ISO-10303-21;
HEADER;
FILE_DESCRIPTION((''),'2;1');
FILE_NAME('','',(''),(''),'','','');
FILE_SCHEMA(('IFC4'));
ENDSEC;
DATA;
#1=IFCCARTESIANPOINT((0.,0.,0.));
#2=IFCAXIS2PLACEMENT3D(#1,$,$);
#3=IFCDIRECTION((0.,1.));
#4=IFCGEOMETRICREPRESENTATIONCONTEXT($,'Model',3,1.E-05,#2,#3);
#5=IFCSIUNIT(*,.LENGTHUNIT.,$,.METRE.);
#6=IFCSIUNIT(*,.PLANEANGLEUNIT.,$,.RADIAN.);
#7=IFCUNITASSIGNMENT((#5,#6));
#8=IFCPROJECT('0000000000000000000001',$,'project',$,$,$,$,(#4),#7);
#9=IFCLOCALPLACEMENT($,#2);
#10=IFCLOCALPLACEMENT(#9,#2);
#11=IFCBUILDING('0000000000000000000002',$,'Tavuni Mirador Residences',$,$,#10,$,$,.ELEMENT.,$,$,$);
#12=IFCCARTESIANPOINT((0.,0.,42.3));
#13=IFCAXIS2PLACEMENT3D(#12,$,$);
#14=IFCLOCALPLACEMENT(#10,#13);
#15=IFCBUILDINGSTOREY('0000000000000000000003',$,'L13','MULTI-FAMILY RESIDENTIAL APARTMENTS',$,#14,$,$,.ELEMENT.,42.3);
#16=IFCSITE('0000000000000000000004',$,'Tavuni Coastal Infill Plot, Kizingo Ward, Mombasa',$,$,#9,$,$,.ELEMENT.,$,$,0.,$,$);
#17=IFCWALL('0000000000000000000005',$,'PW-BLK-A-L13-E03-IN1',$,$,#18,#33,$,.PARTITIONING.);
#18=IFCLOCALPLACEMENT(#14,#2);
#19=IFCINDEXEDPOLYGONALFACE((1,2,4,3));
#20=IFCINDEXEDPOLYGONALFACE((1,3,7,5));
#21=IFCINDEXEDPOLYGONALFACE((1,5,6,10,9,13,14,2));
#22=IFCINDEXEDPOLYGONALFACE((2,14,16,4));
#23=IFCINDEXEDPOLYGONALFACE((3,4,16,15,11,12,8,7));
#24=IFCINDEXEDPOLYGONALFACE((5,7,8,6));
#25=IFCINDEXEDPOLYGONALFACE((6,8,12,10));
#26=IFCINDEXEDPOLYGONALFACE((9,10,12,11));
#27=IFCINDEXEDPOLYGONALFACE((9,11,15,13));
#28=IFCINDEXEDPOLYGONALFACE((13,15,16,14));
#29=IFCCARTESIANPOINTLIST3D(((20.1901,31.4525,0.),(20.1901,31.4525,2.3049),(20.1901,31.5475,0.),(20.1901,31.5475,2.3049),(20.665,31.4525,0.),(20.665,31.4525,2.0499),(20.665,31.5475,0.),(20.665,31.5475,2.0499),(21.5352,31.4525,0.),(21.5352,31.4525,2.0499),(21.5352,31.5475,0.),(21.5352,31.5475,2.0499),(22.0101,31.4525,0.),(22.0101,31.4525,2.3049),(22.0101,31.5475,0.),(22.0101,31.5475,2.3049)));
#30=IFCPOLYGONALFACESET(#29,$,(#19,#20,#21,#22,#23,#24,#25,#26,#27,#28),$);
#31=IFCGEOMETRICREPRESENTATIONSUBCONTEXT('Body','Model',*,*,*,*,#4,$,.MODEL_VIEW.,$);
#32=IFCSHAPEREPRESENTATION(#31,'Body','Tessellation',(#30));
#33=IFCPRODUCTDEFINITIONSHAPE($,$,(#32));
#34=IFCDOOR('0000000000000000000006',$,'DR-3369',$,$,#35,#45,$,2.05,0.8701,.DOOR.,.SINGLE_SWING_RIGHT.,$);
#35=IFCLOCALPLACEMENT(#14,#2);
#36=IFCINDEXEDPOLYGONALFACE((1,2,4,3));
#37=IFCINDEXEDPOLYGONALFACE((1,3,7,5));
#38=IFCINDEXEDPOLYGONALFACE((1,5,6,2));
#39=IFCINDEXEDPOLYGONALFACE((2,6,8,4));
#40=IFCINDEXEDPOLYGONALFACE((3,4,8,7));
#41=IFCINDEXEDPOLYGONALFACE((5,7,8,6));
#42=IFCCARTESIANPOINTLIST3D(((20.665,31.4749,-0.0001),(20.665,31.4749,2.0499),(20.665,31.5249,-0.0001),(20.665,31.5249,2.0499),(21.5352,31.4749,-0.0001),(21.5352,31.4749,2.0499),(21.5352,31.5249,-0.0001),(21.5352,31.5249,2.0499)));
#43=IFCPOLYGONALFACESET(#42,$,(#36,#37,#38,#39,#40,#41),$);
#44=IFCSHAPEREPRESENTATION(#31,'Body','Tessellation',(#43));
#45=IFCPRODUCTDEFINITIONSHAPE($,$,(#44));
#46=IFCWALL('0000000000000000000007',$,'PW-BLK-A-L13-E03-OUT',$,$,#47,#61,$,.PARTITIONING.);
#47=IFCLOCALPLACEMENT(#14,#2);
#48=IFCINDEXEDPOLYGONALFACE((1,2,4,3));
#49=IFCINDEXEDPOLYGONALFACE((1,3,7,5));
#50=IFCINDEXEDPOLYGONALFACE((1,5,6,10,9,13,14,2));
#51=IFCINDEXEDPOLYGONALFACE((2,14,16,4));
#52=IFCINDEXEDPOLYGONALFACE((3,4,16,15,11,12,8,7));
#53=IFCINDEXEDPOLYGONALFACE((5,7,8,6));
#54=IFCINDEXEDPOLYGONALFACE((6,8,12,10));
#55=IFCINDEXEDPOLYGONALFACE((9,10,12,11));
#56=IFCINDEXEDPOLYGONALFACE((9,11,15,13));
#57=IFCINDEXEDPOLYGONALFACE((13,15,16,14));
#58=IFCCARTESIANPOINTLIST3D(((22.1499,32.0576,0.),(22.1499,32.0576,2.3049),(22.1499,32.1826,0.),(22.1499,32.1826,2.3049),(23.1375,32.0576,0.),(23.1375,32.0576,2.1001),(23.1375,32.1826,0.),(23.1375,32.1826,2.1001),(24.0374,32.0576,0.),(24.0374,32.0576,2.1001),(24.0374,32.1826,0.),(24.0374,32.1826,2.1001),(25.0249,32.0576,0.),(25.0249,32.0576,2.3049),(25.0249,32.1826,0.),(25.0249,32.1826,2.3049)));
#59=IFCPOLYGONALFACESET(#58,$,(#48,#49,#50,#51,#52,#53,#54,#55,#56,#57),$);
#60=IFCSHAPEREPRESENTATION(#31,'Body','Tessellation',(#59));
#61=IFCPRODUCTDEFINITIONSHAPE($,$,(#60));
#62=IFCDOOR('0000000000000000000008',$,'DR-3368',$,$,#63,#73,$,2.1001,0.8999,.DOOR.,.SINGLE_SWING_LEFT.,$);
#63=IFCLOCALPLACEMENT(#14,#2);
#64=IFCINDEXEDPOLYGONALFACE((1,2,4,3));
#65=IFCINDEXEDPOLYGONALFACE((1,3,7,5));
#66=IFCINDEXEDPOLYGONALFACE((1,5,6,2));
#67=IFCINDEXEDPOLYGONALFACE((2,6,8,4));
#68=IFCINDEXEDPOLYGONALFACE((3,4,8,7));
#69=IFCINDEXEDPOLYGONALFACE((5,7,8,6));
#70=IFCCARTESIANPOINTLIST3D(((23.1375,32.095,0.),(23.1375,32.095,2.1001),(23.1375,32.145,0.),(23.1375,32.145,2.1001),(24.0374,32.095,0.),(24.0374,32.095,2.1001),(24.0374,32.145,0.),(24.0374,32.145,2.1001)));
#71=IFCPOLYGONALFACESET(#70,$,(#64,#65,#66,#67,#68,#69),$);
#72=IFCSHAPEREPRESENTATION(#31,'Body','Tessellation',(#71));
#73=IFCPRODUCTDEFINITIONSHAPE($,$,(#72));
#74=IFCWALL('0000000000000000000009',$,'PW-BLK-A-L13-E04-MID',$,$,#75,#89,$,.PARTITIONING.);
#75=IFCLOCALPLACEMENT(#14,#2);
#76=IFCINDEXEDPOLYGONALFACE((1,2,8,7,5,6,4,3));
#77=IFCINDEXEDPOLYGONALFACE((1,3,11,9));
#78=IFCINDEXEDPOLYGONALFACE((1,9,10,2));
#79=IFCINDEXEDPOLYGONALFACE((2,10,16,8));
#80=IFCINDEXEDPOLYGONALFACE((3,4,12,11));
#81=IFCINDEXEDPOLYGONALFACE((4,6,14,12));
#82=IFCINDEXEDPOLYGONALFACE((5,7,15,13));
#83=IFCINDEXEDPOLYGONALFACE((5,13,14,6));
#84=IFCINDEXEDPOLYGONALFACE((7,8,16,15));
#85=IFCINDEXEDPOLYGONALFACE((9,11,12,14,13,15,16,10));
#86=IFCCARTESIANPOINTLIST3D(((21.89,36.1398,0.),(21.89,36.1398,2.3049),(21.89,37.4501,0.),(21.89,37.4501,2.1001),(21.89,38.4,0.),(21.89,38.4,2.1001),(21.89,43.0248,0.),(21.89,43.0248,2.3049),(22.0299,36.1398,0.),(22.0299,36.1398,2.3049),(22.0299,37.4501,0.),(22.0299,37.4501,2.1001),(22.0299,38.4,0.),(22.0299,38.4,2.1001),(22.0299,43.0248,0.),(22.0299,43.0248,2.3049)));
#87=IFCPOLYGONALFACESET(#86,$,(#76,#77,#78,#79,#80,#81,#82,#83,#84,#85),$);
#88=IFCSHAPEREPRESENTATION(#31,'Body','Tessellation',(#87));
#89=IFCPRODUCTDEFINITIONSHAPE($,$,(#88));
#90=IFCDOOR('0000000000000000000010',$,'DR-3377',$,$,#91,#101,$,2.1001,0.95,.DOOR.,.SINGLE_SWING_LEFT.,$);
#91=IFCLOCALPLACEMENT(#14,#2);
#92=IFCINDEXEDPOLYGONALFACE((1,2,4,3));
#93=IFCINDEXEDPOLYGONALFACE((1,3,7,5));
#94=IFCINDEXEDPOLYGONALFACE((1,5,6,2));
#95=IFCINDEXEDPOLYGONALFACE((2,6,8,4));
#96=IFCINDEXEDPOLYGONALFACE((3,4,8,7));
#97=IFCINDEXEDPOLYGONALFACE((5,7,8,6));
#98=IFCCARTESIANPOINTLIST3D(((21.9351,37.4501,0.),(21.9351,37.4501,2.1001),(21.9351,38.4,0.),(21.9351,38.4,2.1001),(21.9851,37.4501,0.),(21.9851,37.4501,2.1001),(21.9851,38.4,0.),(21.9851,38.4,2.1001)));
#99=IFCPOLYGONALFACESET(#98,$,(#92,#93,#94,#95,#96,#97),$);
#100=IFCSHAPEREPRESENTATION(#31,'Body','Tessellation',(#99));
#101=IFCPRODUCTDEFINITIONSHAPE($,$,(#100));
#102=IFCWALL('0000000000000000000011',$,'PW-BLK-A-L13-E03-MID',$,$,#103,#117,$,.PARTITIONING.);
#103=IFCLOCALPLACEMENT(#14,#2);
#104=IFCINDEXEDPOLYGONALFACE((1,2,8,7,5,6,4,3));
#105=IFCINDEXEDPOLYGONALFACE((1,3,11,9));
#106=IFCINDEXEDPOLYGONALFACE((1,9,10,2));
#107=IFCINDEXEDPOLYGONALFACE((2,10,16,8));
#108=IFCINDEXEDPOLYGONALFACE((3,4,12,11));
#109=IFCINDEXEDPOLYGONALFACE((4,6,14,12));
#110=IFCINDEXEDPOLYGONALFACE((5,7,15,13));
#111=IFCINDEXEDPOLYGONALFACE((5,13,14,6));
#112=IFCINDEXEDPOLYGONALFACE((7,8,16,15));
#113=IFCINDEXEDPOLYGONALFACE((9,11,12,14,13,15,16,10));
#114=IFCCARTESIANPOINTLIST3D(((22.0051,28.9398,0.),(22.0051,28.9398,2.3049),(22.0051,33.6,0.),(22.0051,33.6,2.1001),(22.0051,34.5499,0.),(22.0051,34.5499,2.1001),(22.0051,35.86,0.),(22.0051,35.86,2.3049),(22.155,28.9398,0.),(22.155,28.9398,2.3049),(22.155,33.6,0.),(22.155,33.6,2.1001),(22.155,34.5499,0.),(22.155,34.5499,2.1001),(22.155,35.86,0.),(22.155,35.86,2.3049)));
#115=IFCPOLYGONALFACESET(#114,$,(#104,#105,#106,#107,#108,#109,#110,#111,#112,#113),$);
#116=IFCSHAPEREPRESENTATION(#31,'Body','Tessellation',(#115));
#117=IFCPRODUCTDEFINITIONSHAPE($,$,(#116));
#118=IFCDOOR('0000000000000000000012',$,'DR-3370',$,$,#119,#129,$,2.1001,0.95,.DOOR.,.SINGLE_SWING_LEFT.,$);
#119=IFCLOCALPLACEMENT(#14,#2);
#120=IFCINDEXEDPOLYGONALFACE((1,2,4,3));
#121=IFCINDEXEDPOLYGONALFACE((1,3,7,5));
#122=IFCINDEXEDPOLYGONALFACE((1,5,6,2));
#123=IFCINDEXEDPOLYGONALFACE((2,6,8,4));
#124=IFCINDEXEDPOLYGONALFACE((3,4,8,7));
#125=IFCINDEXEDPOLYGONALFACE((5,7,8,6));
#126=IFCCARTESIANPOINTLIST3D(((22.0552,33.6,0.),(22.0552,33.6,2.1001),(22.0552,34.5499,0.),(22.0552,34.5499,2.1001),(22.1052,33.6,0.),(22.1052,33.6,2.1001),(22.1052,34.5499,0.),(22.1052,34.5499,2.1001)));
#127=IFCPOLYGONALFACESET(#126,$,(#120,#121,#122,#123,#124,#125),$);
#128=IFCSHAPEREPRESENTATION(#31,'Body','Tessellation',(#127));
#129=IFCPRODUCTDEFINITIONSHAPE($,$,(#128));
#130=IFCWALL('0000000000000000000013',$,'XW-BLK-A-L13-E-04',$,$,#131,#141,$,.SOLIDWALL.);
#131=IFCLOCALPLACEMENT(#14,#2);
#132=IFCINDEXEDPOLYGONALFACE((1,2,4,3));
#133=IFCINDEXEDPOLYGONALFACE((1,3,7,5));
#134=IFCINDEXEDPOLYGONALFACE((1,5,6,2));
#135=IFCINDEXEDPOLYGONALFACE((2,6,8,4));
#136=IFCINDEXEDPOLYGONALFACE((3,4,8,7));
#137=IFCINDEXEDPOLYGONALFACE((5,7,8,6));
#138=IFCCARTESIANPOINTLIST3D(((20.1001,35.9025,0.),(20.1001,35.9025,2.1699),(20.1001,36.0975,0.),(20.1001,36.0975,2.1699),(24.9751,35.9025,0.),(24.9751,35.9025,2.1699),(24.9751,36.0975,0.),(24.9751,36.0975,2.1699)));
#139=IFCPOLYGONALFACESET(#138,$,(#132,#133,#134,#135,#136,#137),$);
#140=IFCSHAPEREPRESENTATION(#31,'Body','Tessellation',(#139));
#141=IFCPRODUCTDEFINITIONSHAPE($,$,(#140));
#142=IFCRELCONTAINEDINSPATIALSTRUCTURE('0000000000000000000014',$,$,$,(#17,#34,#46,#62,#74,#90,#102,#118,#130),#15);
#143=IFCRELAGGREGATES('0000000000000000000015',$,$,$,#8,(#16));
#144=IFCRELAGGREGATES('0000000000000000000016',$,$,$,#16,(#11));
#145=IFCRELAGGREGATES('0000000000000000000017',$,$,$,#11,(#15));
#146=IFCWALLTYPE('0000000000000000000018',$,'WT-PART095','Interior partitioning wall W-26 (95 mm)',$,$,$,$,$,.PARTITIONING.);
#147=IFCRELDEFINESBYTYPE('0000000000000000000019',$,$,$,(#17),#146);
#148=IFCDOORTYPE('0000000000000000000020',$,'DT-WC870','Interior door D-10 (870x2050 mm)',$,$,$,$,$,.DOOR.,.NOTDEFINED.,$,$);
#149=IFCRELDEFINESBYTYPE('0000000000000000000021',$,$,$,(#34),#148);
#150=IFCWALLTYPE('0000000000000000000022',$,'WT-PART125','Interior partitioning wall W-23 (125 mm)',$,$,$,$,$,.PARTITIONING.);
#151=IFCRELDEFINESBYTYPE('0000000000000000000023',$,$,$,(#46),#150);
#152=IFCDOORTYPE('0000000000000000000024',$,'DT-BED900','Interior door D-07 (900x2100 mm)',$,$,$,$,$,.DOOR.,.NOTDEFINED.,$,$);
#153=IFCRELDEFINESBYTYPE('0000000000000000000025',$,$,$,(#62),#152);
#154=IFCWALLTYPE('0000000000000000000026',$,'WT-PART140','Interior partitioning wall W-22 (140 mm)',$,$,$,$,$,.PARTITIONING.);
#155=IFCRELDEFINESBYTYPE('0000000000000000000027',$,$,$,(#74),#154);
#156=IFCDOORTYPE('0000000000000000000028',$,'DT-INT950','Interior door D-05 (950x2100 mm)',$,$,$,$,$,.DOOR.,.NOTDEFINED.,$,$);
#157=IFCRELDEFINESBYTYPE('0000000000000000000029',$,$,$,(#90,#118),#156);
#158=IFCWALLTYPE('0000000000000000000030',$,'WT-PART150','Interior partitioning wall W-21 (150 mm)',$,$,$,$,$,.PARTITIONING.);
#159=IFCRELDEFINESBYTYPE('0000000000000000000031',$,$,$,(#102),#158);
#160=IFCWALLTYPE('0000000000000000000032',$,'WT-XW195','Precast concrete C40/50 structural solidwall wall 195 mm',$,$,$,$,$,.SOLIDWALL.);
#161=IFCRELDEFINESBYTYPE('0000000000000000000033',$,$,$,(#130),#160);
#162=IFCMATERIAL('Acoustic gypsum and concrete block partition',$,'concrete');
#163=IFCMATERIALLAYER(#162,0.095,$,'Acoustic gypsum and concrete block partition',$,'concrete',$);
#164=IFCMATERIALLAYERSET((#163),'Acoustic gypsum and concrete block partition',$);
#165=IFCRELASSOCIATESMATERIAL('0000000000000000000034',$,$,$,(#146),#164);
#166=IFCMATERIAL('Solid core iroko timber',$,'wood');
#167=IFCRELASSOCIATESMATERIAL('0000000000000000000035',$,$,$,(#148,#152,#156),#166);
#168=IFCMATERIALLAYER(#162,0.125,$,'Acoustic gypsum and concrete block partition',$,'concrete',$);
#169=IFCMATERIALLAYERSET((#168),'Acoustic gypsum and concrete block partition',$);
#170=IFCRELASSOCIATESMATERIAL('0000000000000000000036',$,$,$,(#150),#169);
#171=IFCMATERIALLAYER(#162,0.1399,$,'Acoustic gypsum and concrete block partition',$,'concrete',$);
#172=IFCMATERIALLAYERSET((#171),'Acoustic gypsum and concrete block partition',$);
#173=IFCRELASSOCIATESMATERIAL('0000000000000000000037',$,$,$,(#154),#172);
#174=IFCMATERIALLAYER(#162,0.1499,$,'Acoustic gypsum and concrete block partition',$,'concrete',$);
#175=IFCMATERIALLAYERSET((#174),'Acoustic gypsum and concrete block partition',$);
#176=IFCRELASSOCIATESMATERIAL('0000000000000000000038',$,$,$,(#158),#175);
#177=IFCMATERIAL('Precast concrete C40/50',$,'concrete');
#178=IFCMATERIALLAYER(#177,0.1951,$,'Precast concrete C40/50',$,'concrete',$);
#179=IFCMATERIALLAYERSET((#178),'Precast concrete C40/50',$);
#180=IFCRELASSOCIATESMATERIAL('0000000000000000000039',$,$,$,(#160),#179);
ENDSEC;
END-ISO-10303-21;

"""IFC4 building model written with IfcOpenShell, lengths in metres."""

from ifc_helpers import new_model, si_unit, direction, frame, frame_2d, origin, place, context, subcontext, project, spatial, rectangle, extrude, material, layer, layer_set, type_object, element, fill, save


model = new_model("IFC4")

# Units and contexts
model_context = context("Model", 3, precision=1e-05, world=origin(), true_north=direction((0.0, 1.0)))
body_context = subcontext(model_context, "Body", "Model", "MODEL_VIEW")
ifc_project = project(units=[si_unit("LENGTHUNIT", "METRE"), si_unit("PLANEANGLEUNIT", "RADIAN")], contexts=[model_context])

# Site, building, storey
site_placement = place(None, origin())
site = spatial("IfcSite", under=ifc_project, at=site_placement, Name="Tavuni Coastal Infill Plot, Kizingo Ward, Mombasa", CompositionType="ELEMENT", RefElevation=0.0)
building_placement = place(site_placement, origin())
building = spatial("IfcBuilding", under=site, at=building_placement, Name="Tavuni Mirador Residences", CompositionType="ELEMENT")
storey_placement = place(building_placement, frame((0.0, 0.0, 42.3)))
storey = spatial("IfcBuildingStorey", under=building, at=storey_placement, Name="L13", Description="MULTI-FAMILY RESIDENTIAL APARTMENTS", CompositionType="ELEMENT", Elevation=42.3)

# Shared definitions
ifc_material_1 = material(Name="Precast concrete C40/50", Category="concrete")

# Shared definitions
ifc_material_2 = material(Name="Solid core iroko timber", Category="wood")

# Walls, openings, doors
ifc_material_3 = material(Name="Acoustic gypsum and concrete block partition", Category="concrete")
ifc_layer_1 = layer(ifc_material_3, 0.095, Name="Acoustic gypsum and concrete block partition", Category="concrete")
ifc_layer_set_1 = layer_set([ifc_layer_1], Name="Acoustic gypsum and concrete block partition")
wall_type_1 = type_object("IfcWallType", Name="WT-PART095", Description="Interior partitioning wall W-26 (95 mm)", PredefinedType="PARTITIONING", material=ifc_layer_set_1)
wall_1_placement = place(storey_placement, frame((20.1899, 31.5, 0.0), z_axis=(0.0, 0.0, 1.0), x_axis=(1.0, 0.0, 0.0)))
wall_1 = element("IfcWall", 1, at=wall_1_placement, inside=storey, type_object=wall_type_1, Name="PW-BLK-A-L13-E03-IN1", PredefinedType="PARTITIONING", context=body_context, shape_type="SweptSolid", body=[
    extrude(rectangle(XDim=1.8201, YDim=0.095, at=frame_2d((0.9102, 0.0))), origin(), (0.0, 0.0, 1.0), 2.3049),
])
opening_1_placement = place(wall_1_placement, frame((0.4751, 0.0, 0.0)))
opening_1 = element("IfcOpeningElement", 2, at=opening_1_placement, cuts=wall_1, PredefinedType="OPENING", context=body_context, shape_type="SweptSolid", body=[
    extrude(rectangle(XDim=0.8701, YDim=2.05, at=frame_2d((0.4351, 1.0249))), frame((0.0, 0.0576, 0.0), z_axis=(0.0, -1.0, 0.0), x_axis=(1.0, 0.0, 0.0)), (0.0, 0.0, 1.0), 0.115),
])
door_type_1 = type_object("IfcDoorType", Name="DT-WC870", Description="Interior door D-10 (870x2050 mm)", OperationType="NOTDEFINED", PredefinedType="DOOR", material=ifc_material_2)
door_1_placement = place(opening_1_placement, origin())
door_1 = element("IfcDoor", 3, at=door_1_placement, inside=storey, type_object=door_type_1, Name="DR-3369", OperationType="SINGLE_SWING_RIGHT", OverallHeight=2.05, OverallWidth=0.8701, PredefinedType="DOOR", context=body_context, shape_type="SweptSolid", body=[
    extrude(rectangle(XDim=0.8701, YDim=2.05, at=frame_2d((0.4351, 1.0249))), frame((0.0, 0.0249, 0.0), z_axis=(0.0, -1.0, 0.0), x_axis=(1.0, 0.0, 0.0)), (0.0, 0.0, 1.0), 0.05),
])
fill(opening_1, door_1)
ifc_layer_2 = layer(ifc_material_3, 0.125, Name="Acoustic gypsum and concrete block partition", Category="concrete")
ifc_layer_set_2 = layer_set([ifc_layer_2], Name="Acoustic gypsum and concrete block partition")
wall_type_2 = type_object("IfcWallType", Name="WT-PART125", Description="Interior partitioning wall W-23 (125 mm)", PredefinedType="PARTITIONING", material=ifc_layer_set_2)
wall_2_placement = place(storey_placement, frame((22.1499, 32.1201, 0.0), z_axis=(0.0, 0.0, 1.0), x_axis=(1.0, 0.0, 0.0)))
wall_2 = element("IfcWall", 4, at=wall_2_placement, inside=storey, type_object=wall_type_2, Name="PW-BLK-A-L13-E03-OUT", PredefinedType="PARTITIONING", context=body_context, shape_type="SweptSolid", body=[
    extrude(rectangle(XDim=2.875, YDim=0.125, at=frame_2d((1.4375, 0.0))), origin(), (0.0, 0.0, 1.0), 2.3049),
])
opening_2_placement = place(wall_2_placement, frame((0.9875, 0.0, 0.0)))
opening_2 = element("IfcOpeningElement", 5, at=opening_2_placement, cuts=wall_2, PredefinedType="OPENING", context=body_context, shape_type="SweptSolid", body=[
    extrude(rectangle(XDim=0.8999, YDim=2.1001, at=frame_2d((0.45, 1.05))), frame((0.0, 0.0725, 0.0), z_axis=(0.0, -1.0, 0.0), x_axis=(1.0, 0.0, 0.0)), (0.0, 0.0, 1.0), 0.145),
])
door_type_2 = type_object("IfcDoorType", Name="DT-BED900", Description="Interior door D-07 (900x2100 mm)", OperationType="NOTDEFINED", PredefinedType="DOOR", material=ifc_material_2)
door_2_placement = place(opening_2_placement, origin())
door_2 = element("IfcDoor", 6, at=door_2_placement, inside=storey, type_object=door_type_2, Name="DR-3368", OperationType="SINGLE_SWING_LEFT", OverallHeight=2.1001, OverallWidth=0.8999, PredefinedType="DOOR", context=body_context, shape_type="SweptSolid", body=[
    extrude(rectangle(XDim=0.8999, YDim=2.1001, at=frame_2d((0.45, 1.05))), frame((0.0, 0.0249, 0.0), z_axis=(0.0, -1.0, 0.0), x_axis=(1.0, 0.0, 0.0)), (0.0, 0.0, 1.0), 0.05),
])
fill(opening_2, door_2)
ifc_layer_3 = layer(ifc_material_3, 0.1399, Name="Acoustic gypsum and concrete block partition", Category="concrete")
ifc_layer_set_3 = layer_set([ifc_layer_3], Name="Acoustic gypsum and concrete block partition")
wall_type_3 = type_object("IfcWallType", Name="WT-PART140", Description="Interior partitioning wall W-22 (140 mm)", PredefinedType="PARTITIONING", material=ifc_layer_set_3)
wall_3_placement = place(storey_placement, frame((21.96, 36.1399, 0.0), z_axis=(0.0, 0.0, 1.0), x_axis=(0.0, 1.0, 0.0)))
wall_3 = element("IfcWall", 7, at=wall_3_placement, inside=storey, type_object=wall_type_3, Name="PW-BLK-A-L13-E04-MID", PredefinedType="PARTITIONING", context=body_context, shape_type="SweptSolid", body=[
    extrude(rectangle(XDim=6.885, YDim=0.1399, at=frame_2d((3.4424, 0.0))), origin(), (0.0, 0.0, 1.0), 2.3049),
])
opening_3_placement = place(wall_3_placement, frame((1.3101, 0.0, 0.0)))
opening_3 = element("IfcOpeningElement", 8, at=opening_3_placement, cuts=wall_3, PredefinedType="OPENING", context=body_context, shape_type="SweptSolid", body=[
    extrude(rectangle(XDim=0.95, YDim=2.1001, at=frame_2d((0.4751, 1.05))), frame((0.0, 0.0801, 0.0), z_axis=(0.0, -1.0, 0.0), x_axis=(1.0, 0.0, 0.0)), (0.0, 0.0, 1.0), 0.1599),
])
door_type_3 = type_object("IfcDoorType", Name="DT-INT950", Description="Interior door D-05 (950x2100 mm)", OperationType="NOTDEFINED", PredefinedType="DOOR", material=ifc_material_2)
door_3_placement = place(opening_3_placement, origin())
door_3 = element("IfcDoor", 9, at=door_3_placement, inside=storey, type_object=door_type_3, Name="DR-3377", OperationType="SINGLE_SWING_LEFT", OverallHeight=2.1001, OverallWidth=0.95, PredefinedType="DOOR", context=body_context, shape_type="SweptSolid", body=[
    extrude(rectangle(XDim=0.95, YDim=2.1001, at=frame_2d((0.4751, 1.05))), frame((0.0, 0.0249, 0.0), z_axis=(0.0, -1.0, 0.0), x_axis=(1.0, 0.0, 0.0)), (0.0, 0.0, 1.0), 0.05),
])
fill(opening_3, door_3)
ifc_layer_4 = layer(ifc_material_3, 0.1499, Name="Acoustic gypsum and concrete block partition", Category="concrete")
ifc_layer_set_4 = layer_set([ifc_layer_4], Name="Acoustic gypsum and concrete block partition")
wall_type_4 = type_object("IfcWallType", Name="WT-PART150", Description="Interior partitioning wall W-21 (150 mm)", PredefinedType="PARTITIONING", material=ifc_layer_set_4)
wall_4_placement = place(storey_placement, frame((22.0801, 28.9399, 0.0), z_axis=(0.0, 0.0, 1.0), x_axis=(0.0, 1.0, 0.0)))
wall_4 = element("IfcWall", 10, at=wall_4_placement, inside=storey, type_object=wall_type_4, Name="PW-BLK-A-L13-E03-MID", PredefinedType="PARTITIONING", context=body_context, shape_type="SweptSolid", body=[
    extrude(rectangle(XDim=6.9202, YDim=0.1499, at=frame_2d((3.46, 0.0))), origin(), (0.0, 0.0, 1.0), 2.3049),
])
opening_4_placement = place(wall_4_placement, frame((4.6599, 0.0, 0.0)))
opening_4 = element("IfcOpeningElement", 11, at=opening_4_placement, cuts=wall_4, PredefinedType="OPENING", context=body_context, shape_type="SweptSolid", body=[
    extrude(rectangle(XDim=0.95, YDim=2.1001, at=frame_2d((0.4751, 1.05))), frame((0.0, 0.085, 0.0), z_axis=(0.0, -1.0, 0.0), x_axis=(1.0, 0.0, 0.0)), (0.0, 0.0, 1.0), 0.1699),
])
door_4_placement = place(opening_4_placement, origin())
door_4 = element("IfcDoor", 12, at=door_4_placement, inside=storey, type_object=door_type_3, Name="DR-3370", OperationType="SINGLE_SWING_LEFT", OverallHeight=2.1001, OverallWidth=0.95, PredefinedType="DOOR", context=body_context, shape_type="SweptSolid", body=[
    extrude(rectangle(XDim=0.95, YDim=2.1001, at=frame_2d((0.4751, 1.05))), frame((0.0, 0.0249, 0.0), z_axis=(0.0, -1.0, 0.0), x_axis=(1.0, 0.0, 0.0)), (0.0, 0.0, 1.0), 0.05),
])
fill(opening_4, door_4)

# Wall
ifc_layer_5 = layer(ifc_material_1, 0.1951, Name="Precast concrete C40/50", Category="concrete")
ifc_layer_set_5 = layer_set([ifc_layer_5], Name="Precast concrete C40/50")
wall_type_5 = type_object("IfcWallType", Name="WT-XW195", Description="Precast concrete C40/50 structural solidwall wall 195 mm", PredefinedType="SOLIDWALL", material=ifc_layer_set_5)
wall_5_placement = place(storey_placement, frame((20.1001, 36.0, 0.0), z_axis=(0.0, 0.0, 1.0), x_axis=(1.0, 0.0, 0.0)))
element("IfcWall", 13, at=wall_5_placement, inside=storey, type_object=wall_type_5, Name="XW-BLK-A-L13-E-04", PredefinedType="SOLIDWALL", context=body_context, shape_type="SweptSolid", body=[
    extrude(rectangle(XDim=4.875, YDim=0.1951, at=frame_2d((2.4375, 0.0))), origin(), (0.0, 0.0, 1.0), 2.1699),
])

save(model, "model.ifc")
